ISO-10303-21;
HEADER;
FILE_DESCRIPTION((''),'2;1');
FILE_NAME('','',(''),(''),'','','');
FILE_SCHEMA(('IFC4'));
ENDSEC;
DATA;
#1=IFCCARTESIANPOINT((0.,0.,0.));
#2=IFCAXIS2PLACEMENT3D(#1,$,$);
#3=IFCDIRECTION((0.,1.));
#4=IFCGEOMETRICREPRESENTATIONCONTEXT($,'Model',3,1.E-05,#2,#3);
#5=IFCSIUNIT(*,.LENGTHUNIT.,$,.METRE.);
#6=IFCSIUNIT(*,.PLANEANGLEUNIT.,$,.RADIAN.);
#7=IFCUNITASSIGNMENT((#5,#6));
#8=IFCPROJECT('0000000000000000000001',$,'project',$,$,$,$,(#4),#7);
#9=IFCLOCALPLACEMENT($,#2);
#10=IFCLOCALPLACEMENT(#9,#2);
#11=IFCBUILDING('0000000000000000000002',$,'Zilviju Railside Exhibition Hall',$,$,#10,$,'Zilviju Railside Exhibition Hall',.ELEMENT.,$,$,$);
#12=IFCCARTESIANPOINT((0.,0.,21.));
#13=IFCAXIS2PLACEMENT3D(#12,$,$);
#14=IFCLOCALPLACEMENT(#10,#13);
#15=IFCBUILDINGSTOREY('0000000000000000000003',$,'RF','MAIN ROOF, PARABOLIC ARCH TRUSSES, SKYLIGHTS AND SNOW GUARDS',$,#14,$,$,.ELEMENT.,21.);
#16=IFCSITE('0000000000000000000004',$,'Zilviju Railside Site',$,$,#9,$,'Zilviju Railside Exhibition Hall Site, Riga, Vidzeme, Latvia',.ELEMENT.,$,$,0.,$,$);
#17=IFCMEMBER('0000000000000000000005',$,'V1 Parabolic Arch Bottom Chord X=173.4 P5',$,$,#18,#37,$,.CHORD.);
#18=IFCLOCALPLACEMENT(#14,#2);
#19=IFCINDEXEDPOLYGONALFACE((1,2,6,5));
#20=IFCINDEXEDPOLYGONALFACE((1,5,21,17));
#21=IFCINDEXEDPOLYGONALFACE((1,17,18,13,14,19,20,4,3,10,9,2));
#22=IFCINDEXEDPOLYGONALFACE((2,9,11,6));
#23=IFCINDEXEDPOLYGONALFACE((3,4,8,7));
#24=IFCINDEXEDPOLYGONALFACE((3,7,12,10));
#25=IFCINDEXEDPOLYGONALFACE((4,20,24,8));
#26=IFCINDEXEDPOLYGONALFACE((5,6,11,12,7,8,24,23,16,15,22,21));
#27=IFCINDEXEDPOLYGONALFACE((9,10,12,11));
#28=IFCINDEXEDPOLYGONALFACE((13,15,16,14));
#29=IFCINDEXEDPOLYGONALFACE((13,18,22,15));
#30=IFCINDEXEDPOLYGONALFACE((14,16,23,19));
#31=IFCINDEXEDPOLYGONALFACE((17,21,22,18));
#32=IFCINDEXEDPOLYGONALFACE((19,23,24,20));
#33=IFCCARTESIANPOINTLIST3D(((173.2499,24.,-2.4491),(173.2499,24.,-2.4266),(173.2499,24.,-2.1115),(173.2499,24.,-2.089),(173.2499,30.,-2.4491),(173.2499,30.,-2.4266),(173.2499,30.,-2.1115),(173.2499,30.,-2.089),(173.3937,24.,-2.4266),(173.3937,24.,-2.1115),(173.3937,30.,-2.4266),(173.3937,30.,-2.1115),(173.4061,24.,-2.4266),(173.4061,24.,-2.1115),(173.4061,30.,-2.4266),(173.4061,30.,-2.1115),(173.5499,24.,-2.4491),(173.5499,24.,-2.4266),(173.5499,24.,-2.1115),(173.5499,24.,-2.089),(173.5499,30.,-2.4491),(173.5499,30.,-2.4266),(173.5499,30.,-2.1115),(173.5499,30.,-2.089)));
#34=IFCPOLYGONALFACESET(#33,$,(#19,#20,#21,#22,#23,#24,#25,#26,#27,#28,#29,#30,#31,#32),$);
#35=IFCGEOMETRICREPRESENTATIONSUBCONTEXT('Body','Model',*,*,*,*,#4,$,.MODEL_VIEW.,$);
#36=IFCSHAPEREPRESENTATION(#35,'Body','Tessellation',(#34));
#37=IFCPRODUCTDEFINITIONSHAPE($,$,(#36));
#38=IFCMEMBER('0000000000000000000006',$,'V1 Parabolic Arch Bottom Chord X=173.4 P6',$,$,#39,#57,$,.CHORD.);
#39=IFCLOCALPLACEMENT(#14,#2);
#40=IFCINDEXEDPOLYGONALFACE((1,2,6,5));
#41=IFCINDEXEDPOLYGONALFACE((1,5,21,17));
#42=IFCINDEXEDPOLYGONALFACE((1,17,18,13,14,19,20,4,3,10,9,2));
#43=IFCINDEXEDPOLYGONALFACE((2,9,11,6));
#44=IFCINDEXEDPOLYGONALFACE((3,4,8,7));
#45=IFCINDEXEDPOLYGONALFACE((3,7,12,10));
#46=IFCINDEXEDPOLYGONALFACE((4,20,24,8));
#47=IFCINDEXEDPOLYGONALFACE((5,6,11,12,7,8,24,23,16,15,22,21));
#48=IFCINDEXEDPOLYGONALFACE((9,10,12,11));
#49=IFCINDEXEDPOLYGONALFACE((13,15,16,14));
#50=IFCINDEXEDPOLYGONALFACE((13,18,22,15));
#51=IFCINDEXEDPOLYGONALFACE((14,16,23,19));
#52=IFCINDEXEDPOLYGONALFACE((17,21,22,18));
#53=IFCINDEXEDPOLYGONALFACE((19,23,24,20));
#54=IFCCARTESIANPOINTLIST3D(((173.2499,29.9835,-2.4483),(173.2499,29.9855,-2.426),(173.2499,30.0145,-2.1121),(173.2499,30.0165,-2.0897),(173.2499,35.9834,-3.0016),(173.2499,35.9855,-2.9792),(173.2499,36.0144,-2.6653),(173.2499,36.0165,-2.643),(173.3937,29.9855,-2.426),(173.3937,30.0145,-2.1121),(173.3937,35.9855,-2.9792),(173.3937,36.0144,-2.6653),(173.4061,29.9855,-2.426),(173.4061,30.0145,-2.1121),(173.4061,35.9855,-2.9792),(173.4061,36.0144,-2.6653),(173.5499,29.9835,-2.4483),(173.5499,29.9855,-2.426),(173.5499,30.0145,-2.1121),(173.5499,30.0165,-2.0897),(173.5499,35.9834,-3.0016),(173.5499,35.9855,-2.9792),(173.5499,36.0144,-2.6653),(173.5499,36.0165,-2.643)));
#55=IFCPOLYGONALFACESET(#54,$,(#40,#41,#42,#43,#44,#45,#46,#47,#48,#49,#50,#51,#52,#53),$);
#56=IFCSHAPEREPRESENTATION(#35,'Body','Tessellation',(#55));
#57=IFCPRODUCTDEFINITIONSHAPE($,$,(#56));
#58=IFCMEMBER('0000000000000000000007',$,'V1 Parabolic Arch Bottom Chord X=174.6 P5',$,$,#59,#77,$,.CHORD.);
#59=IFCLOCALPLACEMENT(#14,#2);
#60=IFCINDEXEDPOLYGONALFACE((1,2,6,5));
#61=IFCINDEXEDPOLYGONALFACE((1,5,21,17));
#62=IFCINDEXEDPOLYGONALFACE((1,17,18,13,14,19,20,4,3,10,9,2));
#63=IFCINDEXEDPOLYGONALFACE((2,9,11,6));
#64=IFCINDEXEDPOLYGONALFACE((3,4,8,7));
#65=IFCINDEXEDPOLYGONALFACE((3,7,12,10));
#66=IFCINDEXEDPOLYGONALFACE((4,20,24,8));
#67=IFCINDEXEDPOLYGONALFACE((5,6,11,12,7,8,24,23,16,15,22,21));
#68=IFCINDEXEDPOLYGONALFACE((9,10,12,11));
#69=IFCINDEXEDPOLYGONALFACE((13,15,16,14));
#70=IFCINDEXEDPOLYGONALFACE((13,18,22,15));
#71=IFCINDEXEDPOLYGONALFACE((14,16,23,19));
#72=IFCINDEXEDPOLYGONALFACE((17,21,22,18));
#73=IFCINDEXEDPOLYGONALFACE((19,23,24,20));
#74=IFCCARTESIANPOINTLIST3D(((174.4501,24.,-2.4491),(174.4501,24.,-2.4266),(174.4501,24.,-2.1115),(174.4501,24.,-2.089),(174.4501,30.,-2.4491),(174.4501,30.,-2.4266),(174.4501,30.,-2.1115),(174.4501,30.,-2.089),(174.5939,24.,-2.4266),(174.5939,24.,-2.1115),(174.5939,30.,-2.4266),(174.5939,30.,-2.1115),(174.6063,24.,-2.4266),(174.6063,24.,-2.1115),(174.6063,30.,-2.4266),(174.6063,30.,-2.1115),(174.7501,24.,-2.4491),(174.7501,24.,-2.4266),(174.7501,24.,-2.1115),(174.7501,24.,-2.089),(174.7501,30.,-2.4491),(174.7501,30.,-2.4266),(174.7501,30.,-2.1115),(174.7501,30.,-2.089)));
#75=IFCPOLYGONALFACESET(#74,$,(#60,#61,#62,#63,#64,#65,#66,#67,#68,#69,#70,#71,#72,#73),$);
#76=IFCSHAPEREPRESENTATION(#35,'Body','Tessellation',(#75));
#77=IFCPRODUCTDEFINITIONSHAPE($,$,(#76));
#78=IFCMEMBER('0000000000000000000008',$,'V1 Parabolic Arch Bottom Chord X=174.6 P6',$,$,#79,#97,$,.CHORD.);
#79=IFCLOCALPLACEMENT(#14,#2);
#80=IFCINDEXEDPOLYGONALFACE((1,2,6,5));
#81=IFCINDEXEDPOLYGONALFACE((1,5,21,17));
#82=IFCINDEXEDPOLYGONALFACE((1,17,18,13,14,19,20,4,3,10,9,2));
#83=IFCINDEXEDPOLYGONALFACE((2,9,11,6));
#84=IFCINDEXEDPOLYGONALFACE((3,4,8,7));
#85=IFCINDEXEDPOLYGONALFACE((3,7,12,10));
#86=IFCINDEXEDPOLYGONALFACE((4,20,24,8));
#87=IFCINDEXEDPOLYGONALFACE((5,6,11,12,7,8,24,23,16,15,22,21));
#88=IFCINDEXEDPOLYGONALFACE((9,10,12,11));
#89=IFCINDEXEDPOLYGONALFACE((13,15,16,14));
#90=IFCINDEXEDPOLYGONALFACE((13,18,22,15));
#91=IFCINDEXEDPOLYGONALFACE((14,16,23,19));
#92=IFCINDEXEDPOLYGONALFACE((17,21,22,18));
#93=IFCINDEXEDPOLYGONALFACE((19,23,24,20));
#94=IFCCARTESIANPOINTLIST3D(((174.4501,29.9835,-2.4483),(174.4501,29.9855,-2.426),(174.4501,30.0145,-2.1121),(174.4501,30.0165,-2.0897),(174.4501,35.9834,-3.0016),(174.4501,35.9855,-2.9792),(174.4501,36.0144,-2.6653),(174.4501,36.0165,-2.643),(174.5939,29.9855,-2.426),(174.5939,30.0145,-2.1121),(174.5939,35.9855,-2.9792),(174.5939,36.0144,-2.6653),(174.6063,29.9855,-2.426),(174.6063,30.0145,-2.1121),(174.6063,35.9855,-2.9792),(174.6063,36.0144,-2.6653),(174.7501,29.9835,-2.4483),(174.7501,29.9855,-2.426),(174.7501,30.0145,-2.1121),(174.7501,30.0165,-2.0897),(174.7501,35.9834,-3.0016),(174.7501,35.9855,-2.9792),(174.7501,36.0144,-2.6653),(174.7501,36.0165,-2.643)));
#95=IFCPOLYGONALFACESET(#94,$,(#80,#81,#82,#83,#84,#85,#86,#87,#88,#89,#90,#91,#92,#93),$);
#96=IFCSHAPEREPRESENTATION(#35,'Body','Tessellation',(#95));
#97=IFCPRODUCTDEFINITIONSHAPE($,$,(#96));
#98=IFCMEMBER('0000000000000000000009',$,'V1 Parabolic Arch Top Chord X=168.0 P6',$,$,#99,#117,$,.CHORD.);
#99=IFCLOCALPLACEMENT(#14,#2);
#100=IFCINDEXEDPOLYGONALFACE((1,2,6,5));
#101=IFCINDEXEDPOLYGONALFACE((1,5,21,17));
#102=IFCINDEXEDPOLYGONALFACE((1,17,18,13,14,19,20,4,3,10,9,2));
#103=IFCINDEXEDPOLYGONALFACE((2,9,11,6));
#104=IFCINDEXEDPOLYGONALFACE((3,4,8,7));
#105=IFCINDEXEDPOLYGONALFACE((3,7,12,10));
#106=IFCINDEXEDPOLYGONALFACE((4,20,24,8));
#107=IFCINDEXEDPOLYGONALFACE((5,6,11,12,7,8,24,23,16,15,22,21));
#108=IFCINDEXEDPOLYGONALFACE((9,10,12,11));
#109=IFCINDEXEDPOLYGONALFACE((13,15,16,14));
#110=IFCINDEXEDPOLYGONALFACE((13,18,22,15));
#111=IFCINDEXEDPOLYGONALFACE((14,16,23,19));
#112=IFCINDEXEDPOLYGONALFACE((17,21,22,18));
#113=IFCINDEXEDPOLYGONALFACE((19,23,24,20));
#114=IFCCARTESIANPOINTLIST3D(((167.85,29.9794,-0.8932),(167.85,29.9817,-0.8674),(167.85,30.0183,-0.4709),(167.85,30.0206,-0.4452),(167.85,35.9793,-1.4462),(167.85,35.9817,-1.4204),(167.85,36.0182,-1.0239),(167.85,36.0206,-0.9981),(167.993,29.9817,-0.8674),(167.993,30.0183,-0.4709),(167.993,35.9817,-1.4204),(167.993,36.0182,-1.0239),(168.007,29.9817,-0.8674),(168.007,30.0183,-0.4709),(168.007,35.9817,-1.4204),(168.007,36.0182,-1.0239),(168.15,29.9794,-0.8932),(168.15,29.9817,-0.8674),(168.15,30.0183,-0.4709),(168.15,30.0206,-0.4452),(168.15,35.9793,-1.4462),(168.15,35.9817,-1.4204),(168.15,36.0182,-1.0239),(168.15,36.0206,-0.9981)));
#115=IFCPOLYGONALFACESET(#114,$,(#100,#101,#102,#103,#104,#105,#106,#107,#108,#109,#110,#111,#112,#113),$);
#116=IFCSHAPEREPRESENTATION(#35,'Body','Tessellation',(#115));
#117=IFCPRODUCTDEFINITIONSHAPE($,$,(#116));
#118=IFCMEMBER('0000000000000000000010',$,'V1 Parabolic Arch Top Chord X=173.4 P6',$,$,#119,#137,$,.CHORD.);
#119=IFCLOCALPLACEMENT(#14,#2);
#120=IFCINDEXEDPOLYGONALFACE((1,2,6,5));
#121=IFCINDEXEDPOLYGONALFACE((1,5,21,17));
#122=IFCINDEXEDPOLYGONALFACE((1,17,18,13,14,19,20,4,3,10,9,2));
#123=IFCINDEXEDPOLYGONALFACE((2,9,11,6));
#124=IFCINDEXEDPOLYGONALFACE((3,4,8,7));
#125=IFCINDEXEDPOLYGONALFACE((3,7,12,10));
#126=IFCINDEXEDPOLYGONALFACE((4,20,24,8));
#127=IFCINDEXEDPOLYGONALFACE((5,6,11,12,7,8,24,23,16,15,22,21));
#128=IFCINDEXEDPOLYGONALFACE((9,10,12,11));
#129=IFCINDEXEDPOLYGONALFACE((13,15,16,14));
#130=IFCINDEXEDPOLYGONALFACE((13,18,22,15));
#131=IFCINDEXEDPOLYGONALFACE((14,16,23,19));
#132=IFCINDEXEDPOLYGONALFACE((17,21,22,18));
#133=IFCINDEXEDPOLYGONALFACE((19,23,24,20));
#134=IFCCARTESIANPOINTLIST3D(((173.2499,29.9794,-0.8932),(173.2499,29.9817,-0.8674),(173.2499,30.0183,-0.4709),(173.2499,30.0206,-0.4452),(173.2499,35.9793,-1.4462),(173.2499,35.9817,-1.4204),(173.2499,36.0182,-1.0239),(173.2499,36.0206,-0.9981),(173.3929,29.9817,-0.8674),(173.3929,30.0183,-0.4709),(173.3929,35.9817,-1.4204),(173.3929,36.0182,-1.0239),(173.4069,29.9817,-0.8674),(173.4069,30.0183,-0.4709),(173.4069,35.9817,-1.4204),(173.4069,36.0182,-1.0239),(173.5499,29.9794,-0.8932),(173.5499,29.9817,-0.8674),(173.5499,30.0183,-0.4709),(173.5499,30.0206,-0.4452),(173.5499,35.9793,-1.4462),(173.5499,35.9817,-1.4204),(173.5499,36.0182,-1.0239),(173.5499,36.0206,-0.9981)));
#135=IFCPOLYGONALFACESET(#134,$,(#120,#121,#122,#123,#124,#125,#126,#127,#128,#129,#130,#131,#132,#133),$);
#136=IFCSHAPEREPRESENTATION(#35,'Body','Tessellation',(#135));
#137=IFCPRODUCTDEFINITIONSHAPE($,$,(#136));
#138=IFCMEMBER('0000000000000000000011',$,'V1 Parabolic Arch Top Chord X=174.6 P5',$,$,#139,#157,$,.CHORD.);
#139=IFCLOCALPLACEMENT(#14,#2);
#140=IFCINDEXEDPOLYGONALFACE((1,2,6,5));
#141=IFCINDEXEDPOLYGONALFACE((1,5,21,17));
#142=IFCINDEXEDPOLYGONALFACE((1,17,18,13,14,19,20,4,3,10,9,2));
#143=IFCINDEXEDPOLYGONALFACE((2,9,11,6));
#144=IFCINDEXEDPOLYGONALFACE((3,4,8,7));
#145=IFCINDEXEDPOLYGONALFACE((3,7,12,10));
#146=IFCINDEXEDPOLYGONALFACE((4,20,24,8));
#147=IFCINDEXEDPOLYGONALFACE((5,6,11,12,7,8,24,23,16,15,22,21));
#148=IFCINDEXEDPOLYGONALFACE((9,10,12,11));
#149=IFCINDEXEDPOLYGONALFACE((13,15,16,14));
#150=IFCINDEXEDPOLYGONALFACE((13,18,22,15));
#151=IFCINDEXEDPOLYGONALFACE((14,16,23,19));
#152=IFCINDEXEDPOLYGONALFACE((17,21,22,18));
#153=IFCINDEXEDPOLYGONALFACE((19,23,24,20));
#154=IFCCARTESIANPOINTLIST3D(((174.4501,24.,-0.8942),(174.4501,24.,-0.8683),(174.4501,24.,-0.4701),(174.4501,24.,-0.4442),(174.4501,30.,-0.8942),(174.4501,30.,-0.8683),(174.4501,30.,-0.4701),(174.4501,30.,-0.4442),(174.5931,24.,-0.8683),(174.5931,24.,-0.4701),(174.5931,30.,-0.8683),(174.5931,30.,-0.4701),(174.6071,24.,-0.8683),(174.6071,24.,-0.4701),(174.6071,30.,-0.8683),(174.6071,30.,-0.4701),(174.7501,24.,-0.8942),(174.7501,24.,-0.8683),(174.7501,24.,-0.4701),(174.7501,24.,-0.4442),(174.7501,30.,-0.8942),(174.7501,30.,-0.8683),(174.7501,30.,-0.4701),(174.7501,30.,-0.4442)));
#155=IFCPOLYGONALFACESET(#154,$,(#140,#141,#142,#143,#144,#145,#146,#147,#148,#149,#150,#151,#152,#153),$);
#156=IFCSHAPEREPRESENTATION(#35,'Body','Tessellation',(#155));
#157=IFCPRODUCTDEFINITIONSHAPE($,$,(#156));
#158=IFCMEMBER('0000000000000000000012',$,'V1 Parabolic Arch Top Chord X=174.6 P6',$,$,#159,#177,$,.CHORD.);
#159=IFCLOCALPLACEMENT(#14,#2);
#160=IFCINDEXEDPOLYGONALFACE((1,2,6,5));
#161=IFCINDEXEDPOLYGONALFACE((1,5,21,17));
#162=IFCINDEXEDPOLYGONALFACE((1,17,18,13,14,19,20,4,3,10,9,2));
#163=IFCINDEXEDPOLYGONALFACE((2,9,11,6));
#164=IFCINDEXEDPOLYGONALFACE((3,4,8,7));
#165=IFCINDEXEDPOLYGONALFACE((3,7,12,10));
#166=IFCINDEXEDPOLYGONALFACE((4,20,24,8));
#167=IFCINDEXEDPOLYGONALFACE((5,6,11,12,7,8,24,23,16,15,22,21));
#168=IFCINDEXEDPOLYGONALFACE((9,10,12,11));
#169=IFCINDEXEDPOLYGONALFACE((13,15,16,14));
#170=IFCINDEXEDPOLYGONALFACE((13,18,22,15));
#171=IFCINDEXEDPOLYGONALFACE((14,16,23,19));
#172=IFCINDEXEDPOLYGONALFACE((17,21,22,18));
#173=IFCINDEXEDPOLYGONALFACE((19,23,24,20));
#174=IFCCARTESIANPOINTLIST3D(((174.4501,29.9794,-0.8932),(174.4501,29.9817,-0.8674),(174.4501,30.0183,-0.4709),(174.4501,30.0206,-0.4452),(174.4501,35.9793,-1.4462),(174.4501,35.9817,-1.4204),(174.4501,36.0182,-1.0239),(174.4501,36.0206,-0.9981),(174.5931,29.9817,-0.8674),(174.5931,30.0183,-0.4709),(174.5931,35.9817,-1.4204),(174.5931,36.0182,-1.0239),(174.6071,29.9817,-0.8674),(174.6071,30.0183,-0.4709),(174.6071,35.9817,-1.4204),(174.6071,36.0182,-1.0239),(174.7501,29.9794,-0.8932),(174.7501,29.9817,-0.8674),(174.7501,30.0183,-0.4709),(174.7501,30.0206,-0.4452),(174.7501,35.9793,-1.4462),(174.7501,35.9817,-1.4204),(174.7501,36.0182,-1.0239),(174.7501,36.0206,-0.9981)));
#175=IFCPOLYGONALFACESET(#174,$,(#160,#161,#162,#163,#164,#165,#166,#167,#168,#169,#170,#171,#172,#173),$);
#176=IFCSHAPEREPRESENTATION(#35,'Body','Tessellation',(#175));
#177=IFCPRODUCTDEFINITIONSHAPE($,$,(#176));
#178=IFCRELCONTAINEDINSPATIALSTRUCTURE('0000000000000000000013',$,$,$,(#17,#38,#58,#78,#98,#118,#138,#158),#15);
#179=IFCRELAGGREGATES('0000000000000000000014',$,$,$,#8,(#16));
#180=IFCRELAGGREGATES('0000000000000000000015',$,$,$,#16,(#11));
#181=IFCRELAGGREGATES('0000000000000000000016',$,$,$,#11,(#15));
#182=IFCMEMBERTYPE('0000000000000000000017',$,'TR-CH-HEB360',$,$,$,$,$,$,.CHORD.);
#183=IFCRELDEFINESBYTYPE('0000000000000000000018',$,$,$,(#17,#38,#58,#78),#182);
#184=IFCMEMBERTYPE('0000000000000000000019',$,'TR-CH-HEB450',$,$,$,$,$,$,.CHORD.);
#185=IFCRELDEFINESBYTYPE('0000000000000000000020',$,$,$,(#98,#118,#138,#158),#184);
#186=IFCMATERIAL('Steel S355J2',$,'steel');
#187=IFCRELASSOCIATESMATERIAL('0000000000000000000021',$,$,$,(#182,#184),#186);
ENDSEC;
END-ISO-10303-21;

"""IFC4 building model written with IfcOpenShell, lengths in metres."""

from ifc_helpers import new_model, si_unit, direction, frame, origin, origin_2d, place, context, subcontext, project, spatial, i_section, extrude, material, material_profile, profile_set, type_object, element, save


model = new_model("IFC4")

# Units and contexts
model_context = context("Model", 3, precision=1e-05, world=origin(), true_north=direction((0.0, 1.0)))
body_context = subcontext(model_context, "Body", "Model", "MODEL_VIEW")
ifc_project = project(units=[si_unit("LENGTHUNIT", "METRE"), si_unit("PLANEANGLEUNIT", "RADIAN")], contexts=[model_context])

# Site, building, storey
site_placement = place(None, origin())
site = spatial("IfcSite", under=ifc_project, at=site_placement, Name="Zilviju Railside Site", LongName="Zilviju Railside Exhibition Hall Site, Riga, Vidzeme, Latvia", CompositionType="ELEMENT", RefElevation=0.0)
building_placement = place(site_placement, origin())
building = spatial("IfcBuilding", under=site, at=building_placement, Name="Zilviju Railside Exhibition Hall", LongName="Zilviju Railside Exhibition Hall", CompositionType="ELEMENT")
storey_placement = place(building_placement, frame((0.0, 0.0, 21.0)))
storey = spatial("IfcBuildingStorey", under=building, at=storey_placement, Name="RF", Description="MAIN ROOF, PARABOLIC ARCH TRUSSES, SKYLIGHTS AND SNOW GUARDS", CompositionType="ELEMENT", Elevation=21.0)

# Members
ifc_material_1 = material(Name="Steel S355J2", Category="steel")
ifc_material_profile_1 = material_profile(ifc_material_1, i_section(OverallWidth=0.3, OverallDepth=0.3601, WebThickness=0.0125, FlangeThickness=0.0225, at=origin_2d()), Name="HEB 360")
ifc_profile_set_1 = profile_set([ifc_material_profile_1], Name="Steel S355J2")
member_type_1 = type_object("IfcMemberType", Name="TR-CH-HEB360", PredefinedType="CHORD", material=ifc_profile_set_1)
member_1_placement = place(storey_placement, frame((173.3999, 24.0, -2.269), z_axis=(0.0, 1.0, 0.0), x_axis=(-1.0, 0.0, 0.0)))
element("IfcMember", 1, at=member_1_placement, inside=storey, type_object=member_type_1, Name="V1 Parabolic Arch Bottom Chord X=173.4 P5", PredefinedType="CHORD", context=body_context, shape_type="SweptSolid", body=[
    extrude(i_section(OverallWidth=0.3, OverallDepth=0.3601, WebThickness=0.0125, FlangeThickness=0.0225, at=origin_2d()), origin(), (0.0, 0.0, 1.0), 6.0),
])
member_2_placement = place(storey_placement, frame((173.3999, 30.0, -2.269), z_axis=(0.0, 0.995776, -0.091814), x_axis=(-1.0, 0.0, 0.0)))
element("IfcMember", 2, at=member_2_placement, inside=storey, type_object=member_type_1, Name="V1 Parabolic Arch Bottom Chord X=173.4 P6", PredefinedType="CHORD", context=body_context, shape_type="SweptSolid", body=[
    extrude(i_section(OverallWidth=0.3, OverallDepth=0.3601, WebThickness=0.0125, FlangeThickness=0.0225, at=origin_2d()), origin(), (0.0, 0.0, 1.0), 6.0254),
])
member_3_placement = place(storey_placement, frame((174.6001, 24.0, -2.269), z_axis=(0.0, 1.0, 0.0), x_axis=(-1.0, 0.0, 0.0)))
element("IfcMember", 3, at=member_3_placement, inside=storey, type_object=member_type_1, Name="V1 Parabolic Arch Bottom Chord X=174.6 P5", PredefinedType="CHORD", context=body_context, shape_type="SweptSolid", body=[
    extrude(i_section(OverallWidth=0.3, OverallDepth=0.3601, WebThickness=0.0125, FlangeThickness=0.0225, at=origin_2d()), origin(), (0.0, 0.0, 1.0), 6.0),
])
member_4_placement = place(storey_placement, frame((174.6001, 30.0, -2.269), z_axis=(0.0, 0.995776, -0.091814), x_axis=(-1.0, 0.0, 0.0)))
element("IfcMember", 4, at=member_4_placement, inside=storey, type_object=member_type_1, Name="V1 Parabolic Arch Bottom Chord X=174.6 P6", PredefinedType="CHORD", context=body_context, shape_type="SweptSolid", body=[
    extrude(i_section(OverallWidth=0.3, OverallDepth=0.3601, WebThickness=0.0125, FlangeThickness=0.0225, at=origin_2d()), origin(), (0.0, 0.0, 1.0), 6.0254),
])
ifc_material_profile_2 = material_profile(ifc_material_1, i_section(OverallWidth=0.3, OverallDepth=0.45, WebThickness=0.0139, FlangeThickness=0.0259, at=origin_2d()), Name="HEB 450")
ifc_profile_set_2 = profile_set([ifc_material_profile_2], Name="Steel S355J2")
member_type_2 = type_object("IfcMemberType", Name="TR-CH-HEB450", PredefinedType="CHORD", material=ifc_profile_set_2)
for number, where, z_axis, x_axis, name in (
    (5, (168.0, 30.0, -0.6692), (0.0, 0.99578, -0.091774), (-1.0, 0.0, 0.0), "V1 Parabolic Arch Top Chord X=168.0 P6"),
    (6, (173.3999, 30.0, -0.6692), (0.0, 0.99578, -0.091774), (-1.0, 0.0, 0.0), "V1 Parabolic Arch Top Chord X=173.4 P6"),
):
    element("IfcMember", number, at=place(storey_placement, frame(where, z_axis=z_axis, x_axis=x_axis)), inside=storey, type_object=member_type_2, Name=name, PredefinedType="CHORD", context=body_context, shape_type="SweptSolid", body=[
        extrude(i_section(OverallWidth=0.3, OverallDepth=0.45, WebThickness=0.0139, FlangeThickness=0.0259, at=origin_2d()), origin(), (0.0, 0.0, 1.0), 6.0254),
    ])
member_5_placement = place(storey_placement, frame((174.6001, 24.0, -0.6692), z_axis=(0.0, 1.0, 0.0), x_axis=(-1.0, 0.0, 0.0)))
element("IfcMember", 7, at=member_5_placement, inside=storey, type_object=member_type_2, Name="V1 Parabolic Arch Top Chord X=174.6 P5", PredefinedType="CHORD", context=body_context, shape_type="SweptSolid", body=[
    extrude(i_section(OverallWidth=0.3, OverallDepth=0.45, WebThickness=0.0139, FlangeThickness=0.0259, at=origin_2d()), origin(), (0.0, 0.0, 1.0), 6.0),
])
member_6_placement = place(storey_placement, frame((174.6001, 30.0, -0.6692), z_axis=(0.0, 0.99578, -0.091774), x_axis=(-1.0, 0.0, 0.0)))
element("IfcMember", 8, at=member_6_placement, inside=storey, type_object=member_type_2, Name="V1 Parabolic Arch Top Chord X=174.6 P6", PredefinedType="CHORD", context=body_context, shape_type="SweptSolid", body=[
    extrude(i_section(OverallWidth=0.3, OverallDepth=0.45, WebThickness=0.0139, FlangeThickness=0.0259, at=origin_2d()), origin(), (0.0, 0.0, 1.0), 6.0254),
])

save(model, "model.ifc")
